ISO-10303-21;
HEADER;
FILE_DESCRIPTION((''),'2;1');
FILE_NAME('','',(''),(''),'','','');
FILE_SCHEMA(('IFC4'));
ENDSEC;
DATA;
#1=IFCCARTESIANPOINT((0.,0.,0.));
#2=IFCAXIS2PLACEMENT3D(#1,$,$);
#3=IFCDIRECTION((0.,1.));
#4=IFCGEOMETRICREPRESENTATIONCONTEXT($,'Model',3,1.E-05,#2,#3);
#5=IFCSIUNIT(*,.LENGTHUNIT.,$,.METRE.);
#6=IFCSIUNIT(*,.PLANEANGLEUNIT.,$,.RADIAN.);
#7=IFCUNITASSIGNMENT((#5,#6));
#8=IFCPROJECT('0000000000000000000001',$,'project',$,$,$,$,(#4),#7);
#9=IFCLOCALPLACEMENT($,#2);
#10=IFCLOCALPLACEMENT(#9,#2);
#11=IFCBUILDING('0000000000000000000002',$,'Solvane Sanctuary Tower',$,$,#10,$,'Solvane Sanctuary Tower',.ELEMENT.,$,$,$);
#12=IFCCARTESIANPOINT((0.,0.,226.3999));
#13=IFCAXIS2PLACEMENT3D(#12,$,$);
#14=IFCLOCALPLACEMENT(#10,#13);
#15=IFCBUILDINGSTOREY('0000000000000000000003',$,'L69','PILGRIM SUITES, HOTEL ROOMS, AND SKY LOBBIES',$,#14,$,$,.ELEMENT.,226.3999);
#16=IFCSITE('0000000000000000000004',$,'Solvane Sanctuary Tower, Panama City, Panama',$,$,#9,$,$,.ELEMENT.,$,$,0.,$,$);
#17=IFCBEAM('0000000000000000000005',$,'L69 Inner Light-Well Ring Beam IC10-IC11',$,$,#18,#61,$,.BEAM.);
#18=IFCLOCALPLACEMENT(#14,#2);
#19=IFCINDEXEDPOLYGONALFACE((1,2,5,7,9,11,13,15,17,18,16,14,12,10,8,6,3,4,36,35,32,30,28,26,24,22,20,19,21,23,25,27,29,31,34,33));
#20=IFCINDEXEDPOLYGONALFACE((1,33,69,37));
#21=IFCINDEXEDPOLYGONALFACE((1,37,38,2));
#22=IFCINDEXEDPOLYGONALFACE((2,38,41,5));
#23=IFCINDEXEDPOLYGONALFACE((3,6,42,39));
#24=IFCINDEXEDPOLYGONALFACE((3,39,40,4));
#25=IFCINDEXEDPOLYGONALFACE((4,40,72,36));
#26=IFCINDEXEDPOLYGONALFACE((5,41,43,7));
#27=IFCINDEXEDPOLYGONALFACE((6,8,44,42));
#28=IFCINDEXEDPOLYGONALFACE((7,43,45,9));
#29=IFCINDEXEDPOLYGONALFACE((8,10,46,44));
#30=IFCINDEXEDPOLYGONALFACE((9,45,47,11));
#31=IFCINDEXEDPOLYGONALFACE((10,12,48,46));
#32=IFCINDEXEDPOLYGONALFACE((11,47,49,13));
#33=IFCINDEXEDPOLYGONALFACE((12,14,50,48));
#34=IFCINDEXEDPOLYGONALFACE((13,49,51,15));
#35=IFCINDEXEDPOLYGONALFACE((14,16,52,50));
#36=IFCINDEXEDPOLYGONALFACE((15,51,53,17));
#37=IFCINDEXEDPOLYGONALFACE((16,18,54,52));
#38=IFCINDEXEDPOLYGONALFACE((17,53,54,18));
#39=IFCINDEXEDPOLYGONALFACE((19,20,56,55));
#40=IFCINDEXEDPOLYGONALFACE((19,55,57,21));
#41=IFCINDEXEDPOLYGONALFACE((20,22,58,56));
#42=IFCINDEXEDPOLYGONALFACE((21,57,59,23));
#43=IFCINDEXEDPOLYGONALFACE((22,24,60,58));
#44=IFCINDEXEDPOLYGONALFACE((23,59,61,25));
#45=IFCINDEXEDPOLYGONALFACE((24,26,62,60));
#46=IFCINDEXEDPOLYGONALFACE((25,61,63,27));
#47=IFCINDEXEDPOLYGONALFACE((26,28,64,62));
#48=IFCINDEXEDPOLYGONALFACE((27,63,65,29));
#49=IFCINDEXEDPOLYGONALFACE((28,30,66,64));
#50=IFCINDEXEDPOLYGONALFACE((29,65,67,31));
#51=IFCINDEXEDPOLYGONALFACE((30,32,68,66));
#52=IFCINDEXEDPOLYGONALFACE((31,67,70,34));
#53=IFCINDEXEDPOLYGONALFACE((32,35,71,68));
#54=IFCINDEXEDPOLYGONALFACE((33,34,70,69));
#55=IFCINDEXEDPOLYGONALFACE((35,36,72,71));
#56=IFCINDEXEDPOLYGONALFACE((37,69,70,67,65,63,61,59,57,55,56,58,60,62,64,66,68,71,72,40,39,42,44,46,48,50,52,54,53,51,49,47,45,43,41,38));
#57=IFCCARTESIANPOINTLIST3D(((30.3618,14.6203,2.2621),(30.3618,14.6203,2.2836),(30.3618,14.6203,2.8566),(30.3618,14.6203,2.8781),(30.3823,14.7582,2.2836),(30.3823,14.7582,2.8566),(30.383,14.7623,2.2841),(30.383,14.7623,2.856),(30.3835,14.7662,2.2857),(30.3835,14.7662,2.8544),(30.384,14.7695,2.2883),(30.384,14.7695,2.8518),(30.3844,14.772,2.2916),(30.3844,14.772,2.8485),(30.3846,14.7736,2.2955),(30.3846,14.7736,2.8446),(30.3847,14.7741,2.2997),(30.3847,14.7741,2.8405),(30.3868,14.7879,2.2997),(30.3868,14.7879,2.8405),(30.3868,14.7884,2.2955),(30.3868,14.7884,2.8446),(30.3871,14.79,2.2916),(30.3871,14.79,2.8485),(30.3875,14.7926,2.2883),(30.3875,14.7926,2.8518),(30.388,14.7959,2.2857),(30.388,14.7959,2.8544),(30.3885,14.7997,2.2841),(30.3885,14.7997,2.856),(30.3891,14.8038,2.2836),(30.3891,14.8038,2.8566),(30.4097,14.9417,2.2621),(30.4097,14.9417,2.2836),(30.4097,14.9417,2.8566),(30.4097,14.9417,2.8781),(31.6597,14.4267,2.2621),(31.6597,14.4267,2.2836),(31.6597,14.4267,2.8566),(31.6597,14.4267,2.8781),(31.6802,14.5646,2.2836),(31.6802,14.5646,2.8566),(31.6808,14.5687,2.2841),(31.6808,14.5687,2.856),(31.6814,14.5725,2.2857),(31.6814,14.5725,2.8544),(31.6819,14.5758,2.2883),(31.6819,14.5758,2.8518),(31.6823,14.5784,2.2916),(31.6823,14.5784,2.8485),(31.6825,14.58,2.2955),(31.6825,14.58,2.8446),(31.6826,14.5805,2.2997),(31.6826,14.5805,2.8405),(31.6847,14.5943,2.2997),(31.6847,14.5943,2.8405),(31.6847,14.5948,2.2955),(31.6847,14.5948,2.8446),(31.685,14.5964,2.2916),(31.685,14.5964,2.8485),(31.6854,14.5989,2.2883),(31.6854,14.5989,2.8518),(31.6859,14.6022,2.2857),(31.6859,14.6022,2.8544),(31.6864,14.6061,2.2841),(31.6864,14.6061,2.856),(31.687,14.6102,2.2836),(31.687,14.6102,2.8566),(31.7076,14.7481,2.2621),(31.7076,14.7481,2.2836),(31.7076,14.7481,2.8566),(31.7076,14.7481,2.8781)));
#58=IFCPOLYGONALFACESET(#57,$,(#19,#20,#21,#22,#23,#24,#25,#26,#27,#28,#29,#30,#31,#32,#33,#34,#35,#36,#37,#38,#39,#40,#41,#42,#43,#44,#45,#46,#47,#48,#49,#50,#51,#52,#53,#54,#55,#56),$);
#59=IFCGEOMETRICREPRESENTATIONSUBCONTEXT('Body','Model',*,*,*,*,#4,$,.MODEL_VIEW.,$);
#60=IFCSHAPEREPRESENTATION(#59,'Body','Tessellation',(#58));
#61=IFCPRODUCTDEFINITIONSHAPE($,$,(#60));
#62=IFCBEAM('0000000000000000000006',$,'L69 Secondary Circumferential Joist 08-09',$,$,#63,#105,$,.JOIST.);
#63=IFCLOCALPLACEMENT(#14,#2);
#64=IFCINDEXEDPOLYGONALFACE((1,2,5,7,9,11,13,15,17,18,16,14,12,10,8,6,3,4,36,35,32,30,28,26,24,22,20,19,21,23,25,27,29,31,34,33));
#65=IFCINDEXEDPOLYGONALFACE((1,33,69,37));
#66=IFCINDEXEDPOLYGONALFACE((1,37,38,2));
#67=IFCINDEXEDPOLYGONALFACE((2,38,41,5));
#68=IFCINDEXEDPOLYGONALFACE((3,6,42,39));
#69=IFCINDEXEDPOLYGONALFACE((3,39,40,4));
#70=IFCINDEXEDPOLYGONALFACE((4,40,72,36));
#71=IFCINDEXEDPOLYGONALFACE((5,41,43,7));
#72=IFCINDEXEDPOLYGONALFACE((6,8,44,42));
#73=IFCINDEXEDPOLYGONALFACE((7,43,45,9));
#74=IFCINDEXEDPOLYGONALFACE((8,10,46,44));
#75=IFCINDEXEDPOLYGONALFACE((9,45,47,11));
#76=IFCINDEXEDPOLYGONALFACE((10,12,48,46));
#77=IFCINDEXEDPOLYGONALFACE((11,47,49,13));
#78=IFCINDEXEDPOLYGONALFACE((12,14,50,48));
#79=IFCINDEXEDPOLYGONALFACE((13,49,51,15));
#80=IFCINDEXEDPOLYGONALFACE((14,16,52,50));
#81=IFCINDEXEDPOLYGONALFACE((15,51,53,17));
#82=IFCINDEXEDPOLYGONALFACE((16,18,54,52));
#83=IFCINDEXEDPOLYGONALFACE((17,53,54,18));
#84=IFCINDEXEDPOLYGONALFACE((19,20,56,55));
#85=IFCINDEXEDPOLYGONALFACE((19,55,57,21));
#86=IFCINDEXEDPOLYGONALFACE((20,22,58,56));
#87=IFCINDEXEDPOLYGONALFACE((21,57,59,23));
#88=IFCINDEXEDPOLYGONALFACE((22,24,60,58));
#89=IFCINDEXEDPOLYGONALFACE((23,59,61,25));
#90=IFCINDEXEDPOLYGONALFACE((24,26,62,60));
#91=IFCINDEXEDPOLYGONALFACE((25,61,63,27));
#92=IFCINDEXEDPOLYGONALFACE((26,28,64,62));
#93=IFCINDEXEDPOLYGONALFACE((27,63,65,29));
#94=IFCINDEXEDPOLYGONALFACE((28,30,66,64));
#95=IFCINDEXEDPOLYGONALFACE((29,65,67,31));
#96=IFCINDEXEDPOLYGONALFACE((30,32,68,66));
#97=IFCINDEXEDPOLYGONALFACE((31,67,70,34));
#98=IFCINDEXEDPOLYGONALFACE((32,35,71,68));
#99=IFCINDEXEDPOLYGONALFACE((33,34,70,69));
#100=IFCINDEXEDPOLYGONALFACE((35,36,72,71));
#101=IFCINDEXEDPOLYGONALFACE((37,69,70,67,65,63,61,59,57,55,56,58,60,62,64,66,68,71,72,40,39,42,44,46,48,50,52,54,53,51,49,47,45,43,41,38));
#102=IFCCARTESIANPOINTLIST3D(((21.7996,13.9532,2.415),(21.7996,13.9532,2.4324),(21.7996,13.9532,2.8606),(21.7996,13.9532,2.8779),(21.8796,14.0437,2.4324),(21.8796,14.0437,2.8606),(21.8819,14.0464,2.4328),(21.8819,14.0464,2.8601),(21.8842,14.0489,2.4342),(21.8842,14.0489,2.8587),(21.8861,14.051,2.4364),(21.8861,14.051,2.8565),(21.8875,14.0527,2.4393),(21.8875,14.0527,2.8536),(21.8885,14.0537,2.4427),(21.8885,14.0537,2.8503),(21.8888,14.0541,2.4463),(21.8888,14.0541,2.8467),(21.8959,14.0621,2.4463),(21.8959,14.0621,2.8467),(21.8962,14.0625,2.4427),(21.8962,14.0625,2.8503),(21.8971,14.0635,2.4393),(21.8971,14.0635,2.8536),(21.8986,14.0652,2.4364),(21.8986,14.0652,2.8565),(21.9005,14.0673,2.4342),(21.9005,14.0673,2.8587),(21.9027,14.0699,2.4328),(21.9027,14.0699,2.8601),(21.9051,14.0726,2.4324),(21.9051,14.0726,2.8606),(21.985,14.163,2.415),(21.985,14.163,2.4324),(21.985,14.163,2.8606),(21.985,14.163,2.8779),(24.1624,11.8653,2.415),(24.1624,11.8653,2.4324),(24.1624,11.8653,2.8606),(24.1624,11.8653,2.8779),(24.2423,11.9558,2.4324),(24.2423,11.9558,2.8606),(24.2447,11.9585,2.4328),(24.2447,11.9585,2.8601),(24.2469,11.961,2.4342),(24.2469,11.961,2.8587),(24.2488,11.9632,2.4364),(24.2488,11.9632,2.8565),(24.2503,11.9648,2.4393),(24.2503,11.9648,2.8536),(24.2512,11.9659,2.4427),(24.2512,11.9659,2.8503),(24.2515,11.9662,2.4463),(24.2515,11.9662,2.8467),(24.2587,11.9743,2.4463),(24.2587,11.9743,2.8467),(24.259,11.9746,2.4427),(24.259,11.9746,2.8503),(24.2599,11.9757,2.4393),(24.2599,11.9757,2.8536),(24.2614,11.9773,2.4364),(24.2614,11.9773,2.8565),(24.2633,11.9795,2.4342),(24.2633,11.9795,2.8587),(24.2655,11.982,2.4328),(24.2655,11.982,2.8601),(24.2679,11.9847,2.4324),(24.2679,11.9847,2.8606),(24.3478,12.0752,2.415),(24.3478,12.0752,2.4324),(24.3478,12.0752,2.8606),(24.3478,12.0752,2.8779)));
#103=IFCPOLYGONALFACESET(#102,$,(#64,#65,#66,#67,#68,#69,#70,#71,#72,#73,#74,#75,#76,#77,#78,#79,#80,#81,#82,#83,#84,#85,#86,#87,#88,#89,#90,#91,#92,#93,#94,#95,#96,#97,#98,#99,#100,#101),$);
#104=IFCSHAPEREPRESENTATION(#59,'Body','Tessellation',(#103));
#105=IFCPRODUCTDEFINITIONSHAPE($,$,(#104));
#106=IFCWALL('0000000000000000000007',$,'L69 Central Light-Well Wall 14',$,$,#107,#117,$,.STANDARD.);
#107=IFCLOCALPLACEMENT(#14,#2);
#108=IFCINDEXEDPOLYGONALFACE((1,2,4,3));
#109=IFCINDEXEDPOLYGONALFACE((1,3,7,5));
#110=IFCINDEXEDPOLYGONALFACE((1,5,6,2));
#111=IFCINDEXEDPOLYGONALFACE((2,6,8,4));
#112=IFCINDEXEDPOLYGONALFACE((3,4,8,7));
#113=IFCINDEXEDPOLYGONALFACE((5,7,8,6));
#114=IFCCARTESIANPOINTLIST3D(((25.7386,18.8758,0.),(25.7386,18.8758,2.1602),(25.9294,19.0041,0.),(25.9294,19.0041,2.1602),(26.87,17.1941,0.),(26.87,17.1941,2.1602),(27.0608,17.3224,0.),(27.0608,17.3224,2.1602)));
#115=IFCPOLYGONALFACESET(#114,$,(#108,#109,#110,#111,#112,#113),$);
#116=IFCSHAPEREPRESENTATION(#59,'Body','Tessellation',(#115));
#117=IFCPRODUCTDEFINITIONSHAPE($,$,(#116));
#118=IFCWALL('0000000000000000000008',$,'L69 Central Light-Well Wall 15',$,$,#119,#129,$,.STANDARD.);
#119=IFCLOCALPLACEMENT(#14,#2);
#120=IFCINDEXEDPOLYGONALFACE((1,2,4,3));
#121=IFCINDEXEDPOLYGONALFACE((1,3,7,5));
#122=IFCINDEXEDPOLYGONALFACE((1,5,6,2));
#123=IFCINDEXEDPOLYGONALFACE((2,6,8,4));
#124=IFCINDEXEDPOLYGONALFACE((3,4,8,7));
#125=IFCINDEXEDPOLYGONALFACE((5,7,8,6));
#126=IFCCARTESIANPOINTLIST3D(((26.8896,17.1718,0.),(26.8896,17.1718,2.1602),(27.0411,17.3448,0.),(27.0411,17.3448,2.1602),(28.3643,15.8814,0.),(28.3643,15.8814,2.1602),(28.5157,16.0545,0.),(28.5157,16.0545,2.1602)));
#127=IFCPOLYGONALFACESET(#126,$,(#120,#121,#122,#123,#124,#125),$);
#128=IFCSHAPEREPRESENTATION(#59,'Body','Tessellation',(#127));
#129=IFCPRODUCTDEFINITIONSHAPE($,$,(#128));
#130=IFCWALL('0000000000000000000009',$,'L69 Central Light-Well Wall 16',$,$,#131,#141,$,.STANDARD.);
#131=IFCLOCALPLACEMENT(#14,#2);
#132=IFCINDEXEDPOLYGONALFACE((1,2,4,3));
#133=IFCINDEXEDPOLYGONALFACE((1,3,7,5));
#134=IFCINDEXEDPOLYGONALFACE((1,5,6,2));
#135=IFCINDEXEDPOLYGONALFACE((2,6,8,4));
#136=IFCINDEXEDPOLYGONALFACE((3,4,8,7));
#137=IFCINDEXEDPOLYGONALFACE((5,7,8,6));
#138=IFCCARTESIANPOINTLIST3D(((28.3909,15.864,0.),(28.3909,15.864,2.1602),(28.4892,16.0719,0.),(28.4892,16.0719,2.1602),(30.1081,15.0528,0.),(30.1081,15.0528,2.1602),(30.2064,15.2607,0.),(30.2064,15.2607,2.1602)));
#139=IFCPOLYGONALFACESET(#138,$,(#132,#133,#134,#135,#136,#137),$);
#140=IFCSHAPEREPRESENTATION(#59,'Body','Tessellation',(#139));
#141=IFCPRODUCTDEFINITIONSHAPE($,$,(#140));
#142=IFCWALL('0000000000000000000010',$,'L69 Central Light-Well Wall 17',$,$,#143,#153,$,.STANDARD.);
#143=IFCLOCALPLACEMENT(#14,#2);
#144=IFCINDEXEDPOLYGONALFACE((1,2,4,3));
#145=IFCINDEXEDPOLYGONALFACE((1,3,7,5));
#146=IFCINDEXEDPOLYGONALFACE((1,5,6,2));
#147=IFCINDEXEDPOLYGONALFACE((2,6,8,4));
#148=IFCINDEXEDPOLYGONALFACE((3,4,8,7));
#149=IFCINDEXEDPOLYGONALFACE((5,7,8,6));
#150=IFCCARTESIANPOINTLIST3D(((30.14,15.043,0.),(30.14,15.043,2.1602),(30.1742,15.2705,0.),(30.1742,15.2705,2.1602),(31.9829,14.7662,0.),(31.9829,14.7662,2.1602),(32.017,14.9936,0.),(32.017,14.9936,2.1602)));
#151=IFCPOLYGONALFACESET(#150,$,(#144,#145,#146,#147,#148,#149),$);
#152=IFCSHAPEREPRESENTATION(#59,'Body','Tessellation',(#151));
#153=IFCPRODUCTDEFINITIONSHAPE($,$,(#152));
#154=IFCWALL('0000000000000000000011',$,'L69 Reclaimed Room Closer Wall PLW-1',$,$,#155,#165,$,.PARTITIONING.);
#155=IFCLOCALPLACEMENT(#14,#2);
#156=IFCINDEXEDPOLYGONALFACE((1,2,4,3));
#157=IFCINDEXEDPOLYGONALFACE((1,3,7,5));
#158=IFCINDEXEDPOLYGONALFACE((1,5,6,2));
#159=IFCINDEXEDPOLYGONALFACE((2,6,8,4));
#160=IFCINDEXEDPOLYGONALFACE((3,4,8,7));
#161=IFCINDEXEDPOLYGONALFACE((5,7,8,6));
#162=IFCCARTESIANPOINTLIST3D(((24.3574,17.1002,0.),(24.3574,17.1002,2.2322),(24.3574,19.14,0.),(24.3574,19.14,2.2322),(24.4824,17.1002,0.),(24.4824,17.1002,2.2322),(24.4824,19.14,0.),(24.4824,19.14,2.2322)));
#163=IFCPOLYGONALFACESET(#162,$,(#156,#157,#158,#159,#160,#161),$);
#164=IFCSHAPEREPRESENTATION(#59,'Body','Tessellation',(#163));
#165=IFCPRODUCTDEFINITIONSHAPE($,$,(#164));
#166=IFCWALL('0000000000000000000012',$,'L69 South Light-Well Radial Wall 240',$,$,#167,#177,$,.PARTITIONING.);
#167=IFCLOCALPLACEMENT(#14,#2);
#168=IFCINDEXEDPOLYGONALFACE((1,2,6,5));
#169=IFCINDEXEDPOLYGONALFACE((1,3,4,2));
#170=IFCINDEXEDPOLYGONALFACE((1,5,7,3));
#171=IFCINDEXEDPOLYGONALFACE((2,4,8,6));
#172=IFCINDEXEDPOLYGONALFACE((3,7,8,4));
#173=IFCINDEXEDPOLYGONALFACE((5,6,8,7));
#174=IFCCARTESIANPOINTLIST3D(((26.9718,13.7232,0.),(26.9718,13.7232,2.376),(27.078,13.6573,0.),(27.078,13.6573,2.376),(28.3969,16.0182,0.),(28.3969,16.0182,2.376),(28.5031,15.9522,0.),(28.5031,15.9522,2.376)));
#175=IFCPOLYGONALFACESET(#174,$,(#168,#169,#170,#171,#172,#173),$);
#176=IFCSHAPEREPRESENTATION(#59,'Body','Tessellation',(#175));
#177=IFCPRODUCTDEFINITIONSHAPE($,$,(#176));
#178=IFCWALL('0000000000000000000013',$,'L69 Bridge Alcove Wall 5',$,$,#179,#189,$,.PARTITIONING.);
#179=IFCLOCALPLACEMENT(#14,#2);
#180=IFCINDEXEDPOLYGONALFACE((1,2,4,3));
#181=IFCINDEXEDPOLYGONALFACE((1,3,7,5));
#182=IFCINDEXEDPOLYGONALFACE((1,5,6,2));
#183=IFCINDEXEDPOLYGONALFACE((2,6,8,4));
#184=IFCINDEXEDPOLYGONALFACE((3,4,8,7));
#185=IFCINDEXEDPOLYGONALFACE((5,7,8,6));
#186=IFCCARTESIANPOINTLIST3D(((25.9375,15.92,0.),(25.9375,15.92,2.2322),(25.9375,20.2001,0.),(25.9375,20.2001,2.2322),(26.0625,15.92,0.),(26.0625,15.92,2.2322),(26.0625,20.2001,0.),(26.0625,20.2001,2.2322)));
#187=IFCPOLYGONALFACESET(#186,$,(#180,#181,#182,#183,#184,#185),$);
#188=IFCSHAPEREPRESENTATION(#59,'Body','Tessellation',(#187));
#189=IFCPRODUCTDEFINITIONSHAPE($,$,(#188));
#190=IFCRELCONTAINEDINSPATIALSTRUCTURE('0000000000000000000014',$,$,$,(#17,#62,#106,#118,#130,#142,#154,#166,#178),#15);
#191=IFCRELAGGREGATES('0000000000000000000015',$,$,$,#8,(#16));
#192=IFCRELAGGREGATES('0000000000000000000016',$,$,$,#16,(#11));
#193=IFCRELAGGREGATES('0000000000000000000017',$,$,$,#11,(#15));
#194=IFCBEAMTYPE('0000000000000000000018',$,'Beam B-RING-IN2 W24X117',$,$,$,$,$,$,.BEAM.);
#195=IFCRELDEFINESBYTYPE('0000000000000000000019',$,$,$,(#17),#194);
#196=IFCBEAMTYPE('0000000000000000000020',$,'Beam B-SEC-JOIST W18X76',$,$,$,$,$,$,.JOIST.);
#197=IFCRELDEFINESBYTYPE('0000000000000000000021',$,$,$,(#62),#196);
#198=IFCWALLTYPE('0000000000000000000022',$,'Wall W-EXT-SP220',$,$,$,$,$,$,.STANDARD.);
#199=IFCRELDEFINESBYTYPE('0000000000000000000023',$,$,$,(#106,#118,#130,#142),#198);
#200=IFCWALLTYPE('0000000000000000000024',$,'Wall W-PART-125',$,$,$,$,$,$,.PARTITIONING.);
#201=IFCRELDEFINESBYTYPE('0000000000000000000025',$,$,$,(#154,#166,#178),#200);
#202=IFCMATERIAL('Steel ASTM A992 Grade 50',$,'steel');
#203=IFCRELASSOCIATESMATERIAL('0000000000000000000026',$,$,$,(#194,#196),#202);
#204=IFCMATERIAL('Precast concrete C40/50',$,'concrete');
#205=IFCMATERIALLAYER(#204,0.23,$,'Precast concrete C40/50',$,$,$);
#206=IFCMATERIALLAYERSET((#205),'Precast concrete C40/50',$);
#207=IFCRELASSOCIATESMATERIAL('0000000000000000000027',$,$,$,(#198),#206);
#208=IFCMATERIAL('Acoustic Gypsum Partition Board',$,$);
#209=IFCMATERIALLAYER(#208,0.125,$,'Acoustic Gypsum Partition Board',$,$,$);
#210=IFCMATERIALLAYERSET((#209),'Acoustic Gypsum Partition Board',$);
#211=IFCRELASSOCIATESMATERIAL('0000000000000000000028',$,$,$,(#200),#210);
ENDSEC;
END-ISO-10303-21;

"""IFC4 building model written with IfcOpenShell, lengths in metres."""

from ifc_helpers import new_model, si_unit, direction, frame, frame_2d, origin, origin_2d, place, context, subcontext, project, spatial, rectangle, i_section, extrude, material, layer, layer_set, material_profile, profile_set, type_object, element, save


model = new_model("IFC4")

# Units and contexts
model_context = context("Model", 3, precision=1e-05, world=origin(), true_north=direction((0.0, 1.0)))
body_context = subcontext(model_context, "Body", "Model", "MODEL_VIEW")
ifc_project = project(units=[si_unit("LENGTHUNIT", "METRE"), si_unit("PLANEANGLEUNIT", "RADIAN")], contexts=[model_context])

# Site, building, storey
site_placement = place(None, origin())
site = spatial("IfcSite", under=ifc_project, at=site_placement, Name="Solvane Sanctuary Tower, Panama City, Panama", CompositionType="ELEMENT", RefElevation=0.0)
building_placement = place(site_placement, origin())
building = spatial("IfcBuilding", under=site, at=building_placement, Name="Solvane Sanctuary Tower", LongName="Solvane Sanctuary Tower", CompositionType="ELEMENT")
storey_placement = place(building_placement, frame((0.0, 0.0, 226.3999)))
storey = spatial("IfcBuildingStorey", under=building, at=storey_placement, Name="L69", Description="PILGRIM SUITES, HOTEL ROOMS, AND SKY LOBBIES", CompositionType="ELEMENT", Elevation=226.3999)

# Beams
ifc_material_1 = material(Name="Steel ASTM A992 Grade 50", Category="steel")
ifc_material_profile_1 = material_profile(ifc_material_1, i_section(OverallWidth=0.325, OverallDepth=0.616, WebThickness=0.0139, FlangeThickness=0.0215, FilletRadius=0.0161, at=origin_2d()), Name="W24X117")
ifc_profile_set_1 = profile_set([ifc_material_profile_1], Name="Steel ASTM A992 Grade 50")
beam_type_1 = type_object("IfcBeamType", Name="Beam B-RING-IN2 W24X117", PredefinedType="BEAM", material=ifc_profile_set_1)
beam_1_placement = place(storey_placement, frame((30.3857, 14.781, 2.5701), z_axis=(0.989056, -0.14754, 0.0), x_axis=(0.14754, 0.989056, 0.0)))
element("IfcBeam", 1, at=beam_1_placement, inside=storey, type_object=beam_type_1, Name="L69 Inner Light-Well Ring Beam IC10-IC11", PredefinedType="BEAM", context=body_context, shape_type="SweptSolid", body=[
    extrude(i_section(OverallWidth=0.325, OverallDepth=0.616, WebThickness=0.0139, FlangeThickness=0.0215, FilletRadius=0.0161, at=origin_2d()), origin(), (0.0, 0.0, 1.0), 1.3123),
])
ifc_material_profile_2 = material_profile(ifc_material_1, i_section(OverallWidth=0.28, OverallDepth=0.4629, WebThickness=0.0107, FlangeThickness=0.0173, FilletRadius=0.0139, at=origin_2d()), Name="W18X76")
ifc_profile_set_2 = profile_set([ifc_material_profile_2], Name="Steel ASTM A992 Grade 50")
beam_type_2 = type_object("IfcBeamType", Name="Beam B-SEC-JOIST W18X76", PredefinedType="JOIST", material=ifc_profile_set_2)
beam_2_placement = place(storey_placement, frame((21.8923, 14.0581, 2.6465), z_axis=(0.749354, -0.662169, 0.0), x_axis=(0.662169, 0.749354, 0.0)))
element("IfcBeam", 2, at=beam_2_placement, inside=storey, type_object=beam_type_2, Name="L69 Secondary Circumferential Joist 08-09", PredefinedType="JOIST", context=body_context, shape_type="SweptSolid", body=[
    extrude(i_section(OverallWidth=0.28, OverallDepth=0.4629, WebThickness=0.0107, FlangeThickness=0.0173, FilletRadius=0.0139, at=origin_2d()), origin(), (0.0, 0.0, 1.0), 3.1531),
])

# Walls
ifc_material_2 = material(Name="Precast concrete C40/50", Category="concrete")
ifc_layer_1 = layer(ifc_material_2, 0.23, Name="Precast concrete C40/50")
ifc_layer_set_1 = layer_set([ifc_layer_1], Name="Precast concrete C40/50")
wall_type_1 = type_object("IfcWallType", Name="Wall W-EXT-SP220", PredefinedType="STANDARD", material=ifc_layer_set_1)
wall_1_placement = place(storey_placement, frame((25.834, 18.9399, 0.0), z_axis=(0.0, 0.0, 1.0), x_axis=(0.558198, -0.829708, 0.0)))
element("IfcWall", 3, at=wall_1_placement, inside=storey, type_object=wall_type_1, Name="L69 Central Light-Well Wall 14", PredefinedType="STANDARD", context=body_context, shape_type="SweptSolid", body=[
    extrude(rectangle(XDim=2.0269, YDim=0.23, at=frame_2d((1.0134, 0.0))), origin(), (0.0, 0.0, 1.0), 2.1602),
])
wall_2_placement = place(storey_placement, frame((26.9653, 17.2583, 0.0), z_axis=(0.0, 0.0, 1.0), x_axis=(0.752577, -0.658505, 0.0)))
element("IfcWall", 4, at=wall_2_placement, inside=storey, type_object=wall_type_1, Name="L69 Central Light-Well Wall 15", PredefinedType="STANDARD", context=body_context, shape_type="SweptSolid", body=[
    extrude(rectangle(XDim=1.9595, YDim=0.23, at=frame_2d((0.9797, 0.0))), origin(), (0.0, 0.0, 1.0), 2.1602),
])
wall_3_placement = place(storey_placement, frame((28.4399, 15.968, 0.0), z_axis=(0.0, 0.0, 1.0), x_axis=(0.90418, -0.427152, 0.0)))
element("IfcWall", 5, at=wall_3_placement, inside=storey, type_object=wall_type_1, Name="L69 Central Light-Well Wall 16", PredefinedType="STANDARD", context=body_context, shape_type="SweptSolid", body=[
    extrude(rectangle(XDim=1.8992, YDim=0.23, at=frame_2d((0.9497, 0.0))), origin(), (0.0, 0.0, 1.0), 2.1602),
])
wall_4_placement = place(storey_placement, frame((30.1572, 15.1567, 0.0), z_axis=(0.0, 0.0, 1.0), x_axis=(0.988902, -0.148571, 0.0)))
element("IfcWall", 6, at=wall_4_placement, inside=storey, type_object=wall_type_1, Name="L69 Central Light-Well Wall 17", PredefinedType="STANDARD", context=body_context, shape_type="SweptSolid", body=[
    extrude(rectangle(XDim=1.8635, YDim=0.23, at=frame_2d((0.9316, 0.0))), origin(), (0.0, 0.0, 1.0), 2.1602),
])
ifc_material_3 = material(Name="Acoustic Gypsum Partition Board")
ifc_layer_2 = layer(ifc_material_3, 0.125, Name="Acoustic Gypsum Partition Board")
ifc_layer_set_2 = layer_set([ifc_layer_2], Name="Acoustic Gypsum Partition Board")
wall_type_2 = type_object("IfcWallType", Name="Wall W-PART-125", PredefinedType="PARTITIONING", material=ifc_layer_set_2)
wall_5_placement = place(storey_placement, frame((24.4199, 17.1001, 0.0), z_axis=(0.0, 0.0, 1.0), x_axis=(0.0, 1.0, 0.0)))
element("IfcWall", 7, at=wall_5_placement, inside=storey, type_object=wall_type_2, Name="L69 Reclaimed Room Closer Wall PLW-1", PredefinedType="PARTITIONING", context=body_context, shape_type="SweptSolid", body=[
    extrude(rectangle(XDim=2.0398, YDim=0.125, at=frame_2d((1.02, 0.0))), origin(), (0.0, 0.0, 1.0), 2.2322),
])
wall_6_placement = place(storey_placement, frame((28.45, 15.9851, 0.0), z_axis=(0.0, 0.0, 1.0), x_axis=(-0.527527, -0.849538, 0.0)))
element("IfcWall", 8, at=wall_6_placement, inside=storey, type_object=wall_type_2, Name="L69 South Light-Well Radial Wall 240", PredefinedType="PARTITIONING", context=body_context, shape_type="SweptSolid", body=[
    extrude(rectangle(XDim=2.7014, YDim=0.125, at=frame_2d((1.3506, 0.0))), origin(), (0.0, 0.0, 1.0), 2.376),
])
wall_7_placement = place(storey_placement, frame((26.0, 15.9199, 0.0), z_axis=(0.0, 0.0, 1.0), x_axis=(0.0, 1.0, 0.0)))
element("IfcWall", 9, at=wall_7_placement, inside=storey, type_object=wall_type_2, Name="L69 Bridge Alcove Wall 5", PredefinedType="PARTITIONING", context=body_context, shape_type="SweptSolid", body=[
    extrude(rectangle(XDim=4.28, YDim=0.125, at=frame_2d((2.1401, 0.0))), origin(), (0.0, 0.0, 1.0), 2.2322),
])

save(model, "model.ifc")
